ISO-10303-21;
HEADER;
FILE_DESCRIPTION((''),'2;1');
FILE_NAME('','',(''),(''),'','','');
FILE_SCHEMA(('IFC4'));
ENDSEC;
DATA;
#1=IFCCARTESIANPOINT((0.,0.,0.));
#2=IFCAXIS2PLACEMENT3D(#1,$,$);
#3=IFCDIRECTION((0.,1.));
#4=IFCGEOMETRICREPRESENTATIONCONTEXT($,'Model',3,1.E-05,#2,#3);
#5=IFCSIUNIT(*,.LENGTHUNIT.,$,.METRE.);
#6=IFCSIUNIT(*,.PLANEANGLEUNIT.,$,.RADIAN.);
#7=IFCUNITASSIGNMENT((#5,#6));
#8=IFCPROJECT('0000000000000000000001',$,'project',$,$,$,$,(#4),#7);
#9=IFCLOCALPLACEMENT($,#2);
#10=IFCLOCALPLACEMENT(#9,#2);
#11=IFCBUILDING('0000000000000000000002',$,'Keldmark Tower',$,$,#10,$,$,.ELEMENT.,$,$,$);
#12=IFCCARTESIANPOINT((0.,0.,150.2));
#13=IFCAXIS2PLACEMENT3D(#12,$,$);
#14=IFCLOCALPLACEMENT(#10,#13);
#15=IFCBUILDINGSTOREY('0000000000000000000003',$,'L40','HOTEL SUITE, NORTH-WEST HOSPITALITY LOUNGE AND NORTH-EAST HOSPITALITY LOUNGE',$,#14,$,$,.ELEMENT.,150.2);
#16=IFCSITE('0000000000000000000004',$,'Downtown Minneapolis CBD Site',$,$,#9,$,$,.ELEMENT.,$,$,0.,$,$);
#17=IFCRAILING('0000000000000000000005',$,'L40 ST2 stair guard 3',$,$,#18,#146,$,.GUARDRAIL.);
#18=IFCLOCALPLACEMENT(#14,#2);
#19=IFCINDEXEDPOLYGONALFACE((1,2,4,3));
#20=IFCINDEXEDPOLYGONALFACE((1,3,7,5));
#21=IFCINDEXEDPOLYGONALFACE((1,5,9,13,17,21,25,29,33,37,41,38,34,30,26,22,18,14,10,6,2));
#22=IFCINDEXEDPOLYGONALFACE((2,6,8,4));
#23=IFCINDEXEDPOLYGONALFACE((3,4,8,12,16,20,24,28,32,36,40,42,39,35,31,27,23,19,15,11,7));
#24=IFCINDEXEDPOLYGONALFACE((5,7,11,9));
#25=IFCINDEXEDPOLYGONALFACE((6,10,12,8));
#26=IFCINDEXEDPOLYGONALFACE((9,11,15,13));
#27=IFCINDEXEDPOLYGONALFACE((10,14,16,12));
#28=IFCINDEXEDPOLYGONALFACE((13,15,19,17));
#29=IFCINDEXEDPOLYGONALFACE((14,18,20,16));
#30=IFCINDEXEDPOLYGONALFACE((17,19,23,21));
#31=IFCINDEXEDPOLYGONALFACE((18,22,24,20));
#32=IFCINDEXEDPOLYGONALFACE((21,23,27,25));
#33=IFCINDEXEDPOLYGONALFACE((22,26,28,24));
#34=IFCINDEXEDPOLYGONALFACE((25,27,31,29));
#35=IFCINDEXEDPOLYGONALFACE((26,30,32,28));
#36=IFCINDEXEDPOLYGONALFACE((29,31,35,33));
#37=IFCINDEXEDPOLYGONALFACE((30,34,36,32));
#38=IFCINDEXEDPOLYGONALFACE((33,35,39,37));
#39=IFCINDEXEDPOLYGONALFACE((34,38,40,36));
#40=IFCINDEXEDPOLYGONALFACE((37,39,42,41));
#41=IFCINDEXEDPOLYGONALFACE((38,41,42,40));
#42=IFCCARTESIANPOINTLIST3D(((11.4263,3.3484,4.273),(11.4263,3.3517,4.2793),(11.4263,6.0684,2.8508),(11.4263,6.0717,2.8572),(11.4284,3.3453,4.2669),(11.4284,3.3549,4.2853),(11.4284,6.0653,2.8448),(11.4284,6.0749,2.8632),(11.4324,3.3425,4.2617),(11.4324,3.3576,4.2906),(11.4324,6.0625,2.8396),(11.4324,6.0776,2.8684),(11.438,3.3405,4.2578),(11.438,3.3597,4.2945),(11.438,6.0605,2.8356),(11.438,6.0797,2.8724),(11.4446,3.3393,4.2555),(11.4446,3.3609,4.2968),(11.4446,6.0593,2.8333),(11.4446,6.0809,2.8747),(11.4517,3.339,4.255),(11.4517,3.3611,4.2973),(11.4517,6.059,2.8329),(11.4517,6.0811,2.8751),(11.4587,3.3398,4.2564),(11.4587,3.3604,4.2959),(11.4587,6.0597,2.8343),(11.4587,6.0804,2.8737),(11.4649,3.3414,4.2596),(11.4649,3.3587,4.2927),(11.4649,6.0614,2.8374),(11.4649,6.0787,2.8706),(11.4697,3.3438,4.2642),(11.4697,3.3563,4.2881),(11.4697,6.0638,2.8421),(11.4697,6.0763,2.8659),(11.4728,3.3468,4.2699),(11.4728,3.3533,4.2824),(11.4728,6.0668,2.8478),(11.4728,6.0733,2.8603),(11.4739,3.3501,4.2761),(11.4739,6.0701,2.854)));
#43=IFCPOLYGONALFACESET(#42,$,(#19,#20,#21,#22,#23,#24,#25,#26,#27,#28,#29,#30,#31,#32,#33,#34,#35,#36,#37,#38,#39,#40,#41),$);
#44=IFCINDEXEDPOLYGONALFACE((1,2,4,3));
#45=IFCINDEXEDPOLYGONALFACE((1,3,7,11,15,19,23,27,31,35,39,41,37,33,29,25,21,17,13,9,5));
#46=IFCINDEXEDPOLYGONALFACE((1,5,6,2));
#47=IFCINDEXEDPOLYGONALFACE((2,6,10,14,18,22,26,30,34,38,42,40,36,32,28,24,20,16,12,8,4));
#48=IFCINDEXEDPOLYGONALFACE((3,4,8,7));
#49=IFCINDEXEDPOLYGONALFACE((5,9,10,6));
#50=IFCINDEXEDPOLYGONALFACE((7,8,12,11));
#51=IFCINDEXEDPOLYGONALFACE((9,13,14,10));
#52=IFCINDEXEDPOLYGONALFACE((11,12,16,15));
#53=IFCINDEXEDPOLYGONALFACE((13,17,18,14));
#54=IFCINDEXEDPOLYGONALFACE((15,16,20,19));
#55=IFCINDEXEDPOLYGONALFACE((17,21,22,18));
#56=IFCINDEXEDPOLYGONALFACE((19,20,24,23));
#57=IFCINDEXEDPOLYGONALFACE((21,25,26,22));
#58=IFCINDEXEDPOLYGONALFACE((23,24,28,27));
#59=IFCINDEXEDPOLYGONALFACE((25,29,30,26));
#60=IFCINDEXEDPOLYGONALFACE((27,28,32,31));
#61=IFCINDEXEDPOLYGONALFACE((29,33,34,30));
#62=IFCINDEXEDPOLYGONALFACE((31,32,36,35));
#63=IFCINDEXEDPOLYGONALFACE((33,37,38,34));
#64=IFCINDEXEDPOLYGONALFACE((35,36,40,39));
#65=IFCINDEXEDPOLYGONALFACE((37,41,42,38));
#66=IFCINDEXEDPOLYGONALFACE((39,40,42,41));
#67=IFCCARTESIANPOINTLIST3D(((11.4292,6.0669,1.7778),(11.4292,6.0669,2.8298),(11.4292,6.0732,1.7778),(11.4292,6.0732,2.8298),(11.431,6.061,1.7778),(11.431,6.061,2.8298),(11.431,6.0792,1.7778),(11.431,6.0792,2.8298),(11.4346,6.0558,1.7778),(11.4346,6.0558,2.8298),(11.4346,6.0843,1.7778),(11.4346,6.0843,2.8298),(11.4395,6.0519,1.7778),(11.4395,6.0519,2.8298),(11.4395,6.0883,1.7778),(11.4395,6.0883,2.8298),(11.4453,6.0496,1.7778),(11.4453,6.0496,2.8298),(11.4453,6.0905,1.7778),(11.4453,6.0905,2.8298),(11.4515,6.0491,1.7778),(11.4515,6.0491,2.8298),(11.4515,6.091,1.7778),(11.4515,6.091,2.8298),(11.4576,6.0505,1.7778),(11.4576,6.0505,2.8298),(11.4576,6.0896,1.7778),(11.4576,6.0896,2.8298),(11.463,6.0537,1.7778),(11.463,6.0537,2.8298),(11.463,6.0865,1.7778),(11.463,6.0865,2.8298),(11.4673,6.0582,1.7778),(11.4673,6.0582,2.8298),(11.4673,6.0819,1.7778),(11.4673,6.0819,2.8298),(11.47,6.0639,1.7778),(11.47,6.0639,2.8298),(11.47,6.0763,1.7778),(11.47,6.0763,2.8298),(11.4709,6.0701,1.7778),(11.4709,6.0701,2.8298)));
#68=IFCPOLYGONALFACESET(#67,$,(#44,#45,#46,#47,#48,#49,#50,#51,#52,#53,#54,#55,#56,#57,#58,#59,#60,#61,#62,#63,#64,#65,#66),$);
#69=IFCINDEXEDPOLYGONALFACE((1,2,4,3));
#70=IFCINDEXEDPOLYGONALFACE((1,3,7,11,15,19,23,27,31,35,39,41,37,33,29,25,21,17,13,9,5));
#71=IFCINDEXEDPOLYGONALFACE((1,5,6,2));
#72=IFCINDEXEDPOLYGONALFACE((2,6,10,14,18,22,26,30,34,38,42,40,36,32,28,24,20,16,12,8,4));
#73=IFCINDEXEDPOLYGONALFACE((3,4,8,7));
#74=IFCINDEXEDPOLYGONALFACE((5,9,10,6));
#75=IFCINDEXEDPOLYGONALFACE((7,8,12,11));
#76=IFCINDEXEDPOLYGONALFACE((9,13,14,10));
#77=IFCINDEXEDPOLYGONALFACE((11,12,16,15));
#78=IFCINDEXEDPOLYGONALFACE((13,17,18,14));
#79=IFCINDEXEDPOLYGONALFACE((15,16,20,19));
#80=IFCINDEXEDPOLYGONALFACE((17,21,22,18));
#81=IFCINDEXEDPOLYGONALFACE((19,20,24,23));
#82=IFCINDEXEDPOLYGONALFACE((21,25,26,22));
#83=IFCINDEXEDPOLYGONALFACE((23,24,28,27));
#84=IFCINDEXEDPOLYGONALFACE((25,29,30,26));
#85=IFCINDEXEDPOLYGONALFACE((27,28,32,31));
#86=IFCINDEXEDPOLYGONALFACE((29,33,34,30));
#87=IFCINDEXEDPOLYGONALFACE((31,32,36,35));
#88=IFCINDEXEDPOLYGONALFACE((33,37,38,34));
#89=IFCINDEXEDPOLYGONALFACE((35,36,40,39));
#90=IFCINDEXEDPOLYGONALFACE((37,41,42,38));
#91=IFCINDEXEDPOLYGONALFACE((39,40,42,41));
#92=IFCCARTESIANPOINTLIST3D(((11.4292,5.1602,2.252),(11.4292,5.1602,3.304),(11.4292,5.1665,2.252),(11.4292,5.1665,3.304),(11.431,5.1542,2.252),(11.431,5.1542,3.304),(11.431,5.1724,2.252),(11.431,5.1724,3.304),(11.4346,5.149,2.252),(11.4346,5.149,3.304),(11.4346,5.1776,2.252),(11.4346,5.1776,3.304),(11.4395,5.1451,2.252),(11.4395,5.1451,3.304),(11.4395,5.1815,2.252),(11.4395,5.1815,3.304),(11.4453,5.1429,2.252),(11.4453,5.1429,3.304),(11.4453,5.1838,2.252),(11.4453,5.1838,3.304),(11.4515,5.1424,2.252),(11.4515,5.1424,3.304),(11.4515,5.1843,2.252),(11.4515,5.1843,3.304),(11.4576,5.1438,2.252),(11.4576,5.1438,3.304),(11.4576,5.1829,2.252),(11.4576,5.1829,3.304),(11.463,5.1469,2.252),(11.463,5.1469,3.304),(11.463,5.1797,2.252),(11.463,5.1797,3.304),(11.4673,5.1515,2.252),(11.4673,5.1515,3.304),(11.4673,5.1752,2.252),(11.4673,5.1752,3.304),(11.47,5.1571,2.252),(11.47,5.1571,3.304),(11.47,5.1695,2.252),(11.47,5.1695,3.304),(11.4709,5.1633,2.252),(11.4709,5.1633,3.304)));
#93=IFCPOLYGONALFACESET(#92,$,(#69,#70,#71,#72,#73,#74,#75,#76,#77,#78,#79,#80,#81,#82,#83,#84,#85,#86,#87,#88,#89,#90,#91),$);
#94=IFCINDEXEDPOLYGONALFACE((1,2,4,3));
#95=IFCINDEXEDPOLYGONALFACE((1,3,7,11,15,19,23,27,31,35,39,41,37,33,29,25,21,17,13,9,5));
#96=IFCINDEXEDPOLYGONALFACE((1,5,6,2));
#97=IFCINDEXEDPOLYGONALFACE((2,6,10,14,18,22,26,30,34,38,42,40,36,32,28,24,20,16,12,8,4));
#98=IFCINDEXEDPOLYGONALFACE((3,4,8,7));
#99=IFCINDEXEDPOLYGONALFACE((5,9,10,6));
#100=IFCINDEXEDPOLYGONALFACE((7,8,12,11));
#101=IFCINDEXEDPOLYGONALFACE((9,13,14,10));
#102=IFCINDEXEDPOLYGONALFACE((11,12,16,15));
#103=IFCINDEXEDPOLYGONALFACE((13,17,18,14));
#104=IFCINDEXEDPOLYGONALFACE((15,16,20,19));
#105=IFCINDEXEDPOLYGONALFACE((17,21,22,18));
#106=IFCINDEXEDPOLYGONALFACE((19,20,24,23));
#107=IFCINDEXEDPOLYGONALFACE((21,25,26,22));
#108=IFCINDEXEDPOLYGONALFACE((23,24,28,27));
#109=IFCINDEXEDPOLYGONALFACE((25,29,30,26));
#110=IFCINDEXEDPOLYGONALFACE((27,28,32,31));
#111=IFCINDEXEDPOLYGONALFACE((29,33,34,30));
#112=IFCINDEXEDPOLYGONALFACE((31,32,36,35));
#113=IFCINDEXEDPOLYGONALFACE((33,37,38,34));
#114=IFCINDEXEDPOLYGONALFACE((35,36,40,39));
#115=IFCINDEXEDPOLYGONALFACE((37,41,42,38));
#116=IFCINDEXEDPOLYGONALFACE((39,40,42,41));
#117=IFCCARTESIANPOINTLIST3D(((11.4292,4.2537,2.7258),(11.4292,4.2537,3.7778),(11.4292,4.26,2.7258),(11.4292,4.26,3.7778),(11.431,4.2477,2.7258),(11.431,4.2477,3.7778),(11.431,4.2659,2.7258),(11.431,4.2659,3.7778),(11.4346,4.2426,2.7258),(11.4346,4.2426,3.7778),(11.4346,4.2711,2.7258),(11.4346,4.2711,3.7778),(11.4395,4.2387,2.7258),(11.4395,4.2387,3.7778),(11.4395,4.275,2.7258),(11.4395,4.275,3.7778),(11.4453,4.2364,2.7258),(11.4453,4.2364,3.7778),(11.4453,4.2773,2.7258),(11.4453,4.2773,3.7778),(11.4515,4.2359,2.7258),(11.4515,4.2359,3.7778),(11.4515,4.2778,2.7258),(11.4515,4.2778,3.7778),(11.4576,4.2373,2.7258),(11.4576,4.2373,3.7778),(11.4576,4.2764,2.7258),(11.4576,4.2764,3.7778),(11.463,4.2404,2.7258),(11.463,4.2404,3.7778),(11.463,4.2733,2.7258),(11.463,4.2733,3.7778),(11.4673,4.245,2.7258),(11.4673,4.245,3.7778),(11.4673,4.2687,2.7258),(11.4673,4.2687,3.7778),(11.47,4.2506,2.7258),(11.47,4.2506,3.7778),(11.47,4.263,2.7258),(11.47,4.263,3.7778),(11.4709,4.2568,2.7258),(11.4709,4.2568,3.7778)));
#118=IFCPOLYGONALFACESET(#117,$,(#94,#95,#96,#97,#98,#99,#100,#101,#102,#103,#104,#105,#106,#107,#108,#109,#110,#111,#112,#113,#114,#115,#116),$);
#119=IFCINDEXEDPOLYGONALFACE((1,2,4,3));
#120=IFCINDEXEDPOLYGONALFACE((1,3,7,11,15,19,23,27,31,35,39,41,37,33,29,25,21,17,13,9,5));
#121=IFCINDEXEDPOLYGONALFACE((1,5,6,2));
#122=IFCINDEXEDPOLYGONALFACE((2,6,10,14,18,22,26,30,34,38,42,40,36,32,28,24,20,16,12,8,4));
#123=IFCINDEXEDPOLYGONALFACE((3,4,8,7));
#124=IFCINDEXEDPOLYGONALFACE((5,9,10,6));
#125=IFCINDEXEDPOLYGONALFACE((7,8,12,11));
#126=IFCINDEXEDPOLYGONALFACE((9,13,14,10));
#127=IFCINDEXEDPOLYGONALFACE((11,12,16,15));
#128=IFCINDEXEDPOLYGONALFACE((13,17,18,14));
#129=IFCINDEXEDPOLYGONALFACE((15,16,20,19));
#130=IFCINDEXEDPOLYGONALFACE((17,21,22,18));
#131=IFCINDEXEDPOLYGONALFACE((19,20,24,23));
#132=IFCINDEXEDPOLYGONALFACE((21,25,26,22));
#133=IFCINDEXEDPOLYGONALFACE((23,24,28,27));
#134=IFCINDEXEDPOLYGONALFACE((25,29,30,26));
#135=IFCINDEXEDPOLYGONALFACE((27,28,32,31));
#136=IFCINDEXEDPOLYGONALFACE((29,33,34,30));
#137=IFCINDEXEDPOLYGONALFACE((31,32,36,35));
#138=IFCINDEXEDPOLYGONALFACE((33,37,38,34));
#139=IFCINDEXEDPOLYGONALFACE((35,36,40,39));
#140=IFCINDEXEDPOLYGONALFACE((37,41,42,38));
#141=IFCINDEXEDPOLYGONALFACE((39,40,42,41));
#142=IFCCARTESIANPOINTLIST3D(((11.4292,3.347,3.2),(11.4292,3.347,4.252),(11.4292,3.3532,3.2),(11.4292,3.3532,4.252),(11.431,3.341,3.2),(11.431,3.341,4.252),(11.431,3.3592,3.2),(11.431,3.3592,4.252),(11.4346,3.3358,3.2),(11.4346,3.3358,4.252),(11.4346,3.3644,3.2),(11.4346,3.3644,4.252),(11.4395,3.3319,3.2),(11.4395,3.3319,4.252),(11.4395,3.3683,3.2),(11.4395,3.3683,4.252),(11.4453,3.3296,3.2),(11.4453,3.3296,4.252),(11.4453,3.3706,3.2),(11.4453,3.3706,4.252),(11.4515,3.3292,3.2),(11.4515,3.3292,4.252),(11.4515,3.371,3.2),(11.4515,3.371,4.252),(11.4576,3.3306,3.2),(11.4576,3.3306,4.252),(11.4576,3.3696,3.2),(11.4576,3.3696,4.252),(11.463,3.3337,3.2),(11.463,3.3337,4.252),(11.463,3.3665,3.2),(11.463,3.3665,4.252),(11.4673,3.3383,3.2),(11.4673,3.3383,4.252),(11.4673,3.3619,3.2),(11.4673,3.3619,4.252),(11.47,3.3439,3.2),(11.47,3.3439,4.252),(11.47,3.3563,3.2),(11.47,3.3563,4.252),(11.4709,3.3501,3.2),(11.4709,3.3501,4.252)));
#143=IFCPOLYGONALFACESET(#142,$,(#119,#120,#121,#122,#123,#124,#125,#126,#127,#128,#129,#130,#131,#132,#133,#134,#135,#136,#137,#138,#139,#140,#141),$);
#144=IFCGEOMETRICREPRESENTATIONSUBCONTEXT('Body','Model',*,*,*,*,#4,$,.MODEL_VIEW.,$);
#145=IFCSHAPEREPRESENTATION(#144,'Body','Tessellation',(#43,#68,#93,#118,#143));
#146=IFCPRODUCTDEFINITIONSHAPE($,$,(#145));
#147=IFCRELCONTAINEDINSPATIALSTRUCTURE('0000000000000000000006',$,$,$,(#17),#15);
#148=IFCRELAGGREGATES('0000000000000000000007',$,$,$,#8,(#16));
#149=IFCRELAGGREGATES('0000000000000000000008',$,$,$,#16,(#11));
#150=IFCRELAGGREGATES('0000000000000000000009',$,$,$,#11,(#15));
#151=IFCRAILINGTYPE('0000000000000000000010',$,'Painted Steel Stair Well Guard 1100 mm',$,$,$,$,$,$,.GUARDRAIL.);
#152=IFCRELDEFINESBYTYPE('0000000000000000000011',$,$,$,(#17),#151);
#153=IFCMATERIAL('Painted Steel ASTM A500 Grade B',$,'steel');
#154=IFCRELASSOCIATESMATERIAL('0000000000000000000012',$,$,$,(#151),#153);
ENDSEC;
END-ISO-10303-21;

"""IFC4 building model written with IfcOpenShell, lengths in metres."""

from ifc_helpers import new_model, si_unit, direction, frame, origin, origin_2d, place, context, subcontext, project, spatial, circle, extrude, material, type_object, element, save


model = new_model("IFC4")

# Units and contexts
model_context = context("Model", 3, precision=1e-05, world=origin(), true_north=direction((0.0, 1.0)))
body_context = subcontext(model_context, "Body", "Model", "MODEL_VIEW")
ifc_project = project(units=[si_unit("LENGTHUNIT", "METRE"), si_unit("PLANEANGLEUNIT", "RADIAN")], contexts=[model_context])

# Site, building, storey
site_placement = place(None, origin())
site = spatial("IfcSite", under=ifc_project, at=site_placement, Name="Downtown Minneapolis CBD Site", CompositionType="ELEMENT", RefElevation=0.0)
building_placement = place(site_placement, origin())
building = spatial("IfcBuilding", under=site, at=building_placement, Name="Keldmark Tower", CompositionType="ELEMENT")
storey_placement = place(building_placement, frame((0.0, 0.0, 150.2)))
storey = spatial("IfcBuildingStorey", under=building, at=storey_placement, Name="L40", Description="HOTEL SUITE, NORTH-WEST HOSPITALITY LOUNGE AND NORTH-EAST HOSPITALITY LOUNGE", CompositionType="ELEMENT", Elevation=150.2)

# Railing
ifc_material_1 = material(Name="Painted Steel ASTM A500 Grade B", Category="steel")
railing_type_1 = type_object("IfcRailingType", Name="Painted Steel Stair Well Guard 1100 mm", PredefinedType="GUARDRAIL", material=ifc_material_1)
railing_1_placement = place(storey_placement, frame((11.45, 6.0701, 1.7778)))
element("IfcRailing", 1, at=railing_1_placement, inside=storey, type_object=railing_type_1, Name="L40 ST2 stair guard 3", PredefinedType="GUARDRAIL", context=body_context, shape_type="SweptSolid", body=[
    extrude(circle(Radius=0.0239, at=origin_2d()), frame((0.0, 0.0, 1.0762), z_axis=(0.0, -0.886183, 0.463335), x_axis=(1.0, 0.0, 0.0)), (0.0, 0.0, 1.0), 3.0693),
    extrude(circle(Radius=0.021, at=origin_2d()), origin(), (0.0, 0.0, 1.0), 1.052),
    extrude(circle(Radius=0.021, at=origin_2d()), frame((0.0, -0.9067, 0.4741)), (0.0, 0.0, 1.0), 1.052),
    extrude(circle(Radius=0.021, at=origin_2d()), frame((0.0, -1.8132, 0.948)), (0.0, 0.0, 1.0), 1.052),
    extrude(circle(Radius=0.021, at=origin_2d()), frame((0.0, -2.72, 1.4221)), (0.0, 0.0, 1.0), 1.052),
])

save(model, "model.ifc")
